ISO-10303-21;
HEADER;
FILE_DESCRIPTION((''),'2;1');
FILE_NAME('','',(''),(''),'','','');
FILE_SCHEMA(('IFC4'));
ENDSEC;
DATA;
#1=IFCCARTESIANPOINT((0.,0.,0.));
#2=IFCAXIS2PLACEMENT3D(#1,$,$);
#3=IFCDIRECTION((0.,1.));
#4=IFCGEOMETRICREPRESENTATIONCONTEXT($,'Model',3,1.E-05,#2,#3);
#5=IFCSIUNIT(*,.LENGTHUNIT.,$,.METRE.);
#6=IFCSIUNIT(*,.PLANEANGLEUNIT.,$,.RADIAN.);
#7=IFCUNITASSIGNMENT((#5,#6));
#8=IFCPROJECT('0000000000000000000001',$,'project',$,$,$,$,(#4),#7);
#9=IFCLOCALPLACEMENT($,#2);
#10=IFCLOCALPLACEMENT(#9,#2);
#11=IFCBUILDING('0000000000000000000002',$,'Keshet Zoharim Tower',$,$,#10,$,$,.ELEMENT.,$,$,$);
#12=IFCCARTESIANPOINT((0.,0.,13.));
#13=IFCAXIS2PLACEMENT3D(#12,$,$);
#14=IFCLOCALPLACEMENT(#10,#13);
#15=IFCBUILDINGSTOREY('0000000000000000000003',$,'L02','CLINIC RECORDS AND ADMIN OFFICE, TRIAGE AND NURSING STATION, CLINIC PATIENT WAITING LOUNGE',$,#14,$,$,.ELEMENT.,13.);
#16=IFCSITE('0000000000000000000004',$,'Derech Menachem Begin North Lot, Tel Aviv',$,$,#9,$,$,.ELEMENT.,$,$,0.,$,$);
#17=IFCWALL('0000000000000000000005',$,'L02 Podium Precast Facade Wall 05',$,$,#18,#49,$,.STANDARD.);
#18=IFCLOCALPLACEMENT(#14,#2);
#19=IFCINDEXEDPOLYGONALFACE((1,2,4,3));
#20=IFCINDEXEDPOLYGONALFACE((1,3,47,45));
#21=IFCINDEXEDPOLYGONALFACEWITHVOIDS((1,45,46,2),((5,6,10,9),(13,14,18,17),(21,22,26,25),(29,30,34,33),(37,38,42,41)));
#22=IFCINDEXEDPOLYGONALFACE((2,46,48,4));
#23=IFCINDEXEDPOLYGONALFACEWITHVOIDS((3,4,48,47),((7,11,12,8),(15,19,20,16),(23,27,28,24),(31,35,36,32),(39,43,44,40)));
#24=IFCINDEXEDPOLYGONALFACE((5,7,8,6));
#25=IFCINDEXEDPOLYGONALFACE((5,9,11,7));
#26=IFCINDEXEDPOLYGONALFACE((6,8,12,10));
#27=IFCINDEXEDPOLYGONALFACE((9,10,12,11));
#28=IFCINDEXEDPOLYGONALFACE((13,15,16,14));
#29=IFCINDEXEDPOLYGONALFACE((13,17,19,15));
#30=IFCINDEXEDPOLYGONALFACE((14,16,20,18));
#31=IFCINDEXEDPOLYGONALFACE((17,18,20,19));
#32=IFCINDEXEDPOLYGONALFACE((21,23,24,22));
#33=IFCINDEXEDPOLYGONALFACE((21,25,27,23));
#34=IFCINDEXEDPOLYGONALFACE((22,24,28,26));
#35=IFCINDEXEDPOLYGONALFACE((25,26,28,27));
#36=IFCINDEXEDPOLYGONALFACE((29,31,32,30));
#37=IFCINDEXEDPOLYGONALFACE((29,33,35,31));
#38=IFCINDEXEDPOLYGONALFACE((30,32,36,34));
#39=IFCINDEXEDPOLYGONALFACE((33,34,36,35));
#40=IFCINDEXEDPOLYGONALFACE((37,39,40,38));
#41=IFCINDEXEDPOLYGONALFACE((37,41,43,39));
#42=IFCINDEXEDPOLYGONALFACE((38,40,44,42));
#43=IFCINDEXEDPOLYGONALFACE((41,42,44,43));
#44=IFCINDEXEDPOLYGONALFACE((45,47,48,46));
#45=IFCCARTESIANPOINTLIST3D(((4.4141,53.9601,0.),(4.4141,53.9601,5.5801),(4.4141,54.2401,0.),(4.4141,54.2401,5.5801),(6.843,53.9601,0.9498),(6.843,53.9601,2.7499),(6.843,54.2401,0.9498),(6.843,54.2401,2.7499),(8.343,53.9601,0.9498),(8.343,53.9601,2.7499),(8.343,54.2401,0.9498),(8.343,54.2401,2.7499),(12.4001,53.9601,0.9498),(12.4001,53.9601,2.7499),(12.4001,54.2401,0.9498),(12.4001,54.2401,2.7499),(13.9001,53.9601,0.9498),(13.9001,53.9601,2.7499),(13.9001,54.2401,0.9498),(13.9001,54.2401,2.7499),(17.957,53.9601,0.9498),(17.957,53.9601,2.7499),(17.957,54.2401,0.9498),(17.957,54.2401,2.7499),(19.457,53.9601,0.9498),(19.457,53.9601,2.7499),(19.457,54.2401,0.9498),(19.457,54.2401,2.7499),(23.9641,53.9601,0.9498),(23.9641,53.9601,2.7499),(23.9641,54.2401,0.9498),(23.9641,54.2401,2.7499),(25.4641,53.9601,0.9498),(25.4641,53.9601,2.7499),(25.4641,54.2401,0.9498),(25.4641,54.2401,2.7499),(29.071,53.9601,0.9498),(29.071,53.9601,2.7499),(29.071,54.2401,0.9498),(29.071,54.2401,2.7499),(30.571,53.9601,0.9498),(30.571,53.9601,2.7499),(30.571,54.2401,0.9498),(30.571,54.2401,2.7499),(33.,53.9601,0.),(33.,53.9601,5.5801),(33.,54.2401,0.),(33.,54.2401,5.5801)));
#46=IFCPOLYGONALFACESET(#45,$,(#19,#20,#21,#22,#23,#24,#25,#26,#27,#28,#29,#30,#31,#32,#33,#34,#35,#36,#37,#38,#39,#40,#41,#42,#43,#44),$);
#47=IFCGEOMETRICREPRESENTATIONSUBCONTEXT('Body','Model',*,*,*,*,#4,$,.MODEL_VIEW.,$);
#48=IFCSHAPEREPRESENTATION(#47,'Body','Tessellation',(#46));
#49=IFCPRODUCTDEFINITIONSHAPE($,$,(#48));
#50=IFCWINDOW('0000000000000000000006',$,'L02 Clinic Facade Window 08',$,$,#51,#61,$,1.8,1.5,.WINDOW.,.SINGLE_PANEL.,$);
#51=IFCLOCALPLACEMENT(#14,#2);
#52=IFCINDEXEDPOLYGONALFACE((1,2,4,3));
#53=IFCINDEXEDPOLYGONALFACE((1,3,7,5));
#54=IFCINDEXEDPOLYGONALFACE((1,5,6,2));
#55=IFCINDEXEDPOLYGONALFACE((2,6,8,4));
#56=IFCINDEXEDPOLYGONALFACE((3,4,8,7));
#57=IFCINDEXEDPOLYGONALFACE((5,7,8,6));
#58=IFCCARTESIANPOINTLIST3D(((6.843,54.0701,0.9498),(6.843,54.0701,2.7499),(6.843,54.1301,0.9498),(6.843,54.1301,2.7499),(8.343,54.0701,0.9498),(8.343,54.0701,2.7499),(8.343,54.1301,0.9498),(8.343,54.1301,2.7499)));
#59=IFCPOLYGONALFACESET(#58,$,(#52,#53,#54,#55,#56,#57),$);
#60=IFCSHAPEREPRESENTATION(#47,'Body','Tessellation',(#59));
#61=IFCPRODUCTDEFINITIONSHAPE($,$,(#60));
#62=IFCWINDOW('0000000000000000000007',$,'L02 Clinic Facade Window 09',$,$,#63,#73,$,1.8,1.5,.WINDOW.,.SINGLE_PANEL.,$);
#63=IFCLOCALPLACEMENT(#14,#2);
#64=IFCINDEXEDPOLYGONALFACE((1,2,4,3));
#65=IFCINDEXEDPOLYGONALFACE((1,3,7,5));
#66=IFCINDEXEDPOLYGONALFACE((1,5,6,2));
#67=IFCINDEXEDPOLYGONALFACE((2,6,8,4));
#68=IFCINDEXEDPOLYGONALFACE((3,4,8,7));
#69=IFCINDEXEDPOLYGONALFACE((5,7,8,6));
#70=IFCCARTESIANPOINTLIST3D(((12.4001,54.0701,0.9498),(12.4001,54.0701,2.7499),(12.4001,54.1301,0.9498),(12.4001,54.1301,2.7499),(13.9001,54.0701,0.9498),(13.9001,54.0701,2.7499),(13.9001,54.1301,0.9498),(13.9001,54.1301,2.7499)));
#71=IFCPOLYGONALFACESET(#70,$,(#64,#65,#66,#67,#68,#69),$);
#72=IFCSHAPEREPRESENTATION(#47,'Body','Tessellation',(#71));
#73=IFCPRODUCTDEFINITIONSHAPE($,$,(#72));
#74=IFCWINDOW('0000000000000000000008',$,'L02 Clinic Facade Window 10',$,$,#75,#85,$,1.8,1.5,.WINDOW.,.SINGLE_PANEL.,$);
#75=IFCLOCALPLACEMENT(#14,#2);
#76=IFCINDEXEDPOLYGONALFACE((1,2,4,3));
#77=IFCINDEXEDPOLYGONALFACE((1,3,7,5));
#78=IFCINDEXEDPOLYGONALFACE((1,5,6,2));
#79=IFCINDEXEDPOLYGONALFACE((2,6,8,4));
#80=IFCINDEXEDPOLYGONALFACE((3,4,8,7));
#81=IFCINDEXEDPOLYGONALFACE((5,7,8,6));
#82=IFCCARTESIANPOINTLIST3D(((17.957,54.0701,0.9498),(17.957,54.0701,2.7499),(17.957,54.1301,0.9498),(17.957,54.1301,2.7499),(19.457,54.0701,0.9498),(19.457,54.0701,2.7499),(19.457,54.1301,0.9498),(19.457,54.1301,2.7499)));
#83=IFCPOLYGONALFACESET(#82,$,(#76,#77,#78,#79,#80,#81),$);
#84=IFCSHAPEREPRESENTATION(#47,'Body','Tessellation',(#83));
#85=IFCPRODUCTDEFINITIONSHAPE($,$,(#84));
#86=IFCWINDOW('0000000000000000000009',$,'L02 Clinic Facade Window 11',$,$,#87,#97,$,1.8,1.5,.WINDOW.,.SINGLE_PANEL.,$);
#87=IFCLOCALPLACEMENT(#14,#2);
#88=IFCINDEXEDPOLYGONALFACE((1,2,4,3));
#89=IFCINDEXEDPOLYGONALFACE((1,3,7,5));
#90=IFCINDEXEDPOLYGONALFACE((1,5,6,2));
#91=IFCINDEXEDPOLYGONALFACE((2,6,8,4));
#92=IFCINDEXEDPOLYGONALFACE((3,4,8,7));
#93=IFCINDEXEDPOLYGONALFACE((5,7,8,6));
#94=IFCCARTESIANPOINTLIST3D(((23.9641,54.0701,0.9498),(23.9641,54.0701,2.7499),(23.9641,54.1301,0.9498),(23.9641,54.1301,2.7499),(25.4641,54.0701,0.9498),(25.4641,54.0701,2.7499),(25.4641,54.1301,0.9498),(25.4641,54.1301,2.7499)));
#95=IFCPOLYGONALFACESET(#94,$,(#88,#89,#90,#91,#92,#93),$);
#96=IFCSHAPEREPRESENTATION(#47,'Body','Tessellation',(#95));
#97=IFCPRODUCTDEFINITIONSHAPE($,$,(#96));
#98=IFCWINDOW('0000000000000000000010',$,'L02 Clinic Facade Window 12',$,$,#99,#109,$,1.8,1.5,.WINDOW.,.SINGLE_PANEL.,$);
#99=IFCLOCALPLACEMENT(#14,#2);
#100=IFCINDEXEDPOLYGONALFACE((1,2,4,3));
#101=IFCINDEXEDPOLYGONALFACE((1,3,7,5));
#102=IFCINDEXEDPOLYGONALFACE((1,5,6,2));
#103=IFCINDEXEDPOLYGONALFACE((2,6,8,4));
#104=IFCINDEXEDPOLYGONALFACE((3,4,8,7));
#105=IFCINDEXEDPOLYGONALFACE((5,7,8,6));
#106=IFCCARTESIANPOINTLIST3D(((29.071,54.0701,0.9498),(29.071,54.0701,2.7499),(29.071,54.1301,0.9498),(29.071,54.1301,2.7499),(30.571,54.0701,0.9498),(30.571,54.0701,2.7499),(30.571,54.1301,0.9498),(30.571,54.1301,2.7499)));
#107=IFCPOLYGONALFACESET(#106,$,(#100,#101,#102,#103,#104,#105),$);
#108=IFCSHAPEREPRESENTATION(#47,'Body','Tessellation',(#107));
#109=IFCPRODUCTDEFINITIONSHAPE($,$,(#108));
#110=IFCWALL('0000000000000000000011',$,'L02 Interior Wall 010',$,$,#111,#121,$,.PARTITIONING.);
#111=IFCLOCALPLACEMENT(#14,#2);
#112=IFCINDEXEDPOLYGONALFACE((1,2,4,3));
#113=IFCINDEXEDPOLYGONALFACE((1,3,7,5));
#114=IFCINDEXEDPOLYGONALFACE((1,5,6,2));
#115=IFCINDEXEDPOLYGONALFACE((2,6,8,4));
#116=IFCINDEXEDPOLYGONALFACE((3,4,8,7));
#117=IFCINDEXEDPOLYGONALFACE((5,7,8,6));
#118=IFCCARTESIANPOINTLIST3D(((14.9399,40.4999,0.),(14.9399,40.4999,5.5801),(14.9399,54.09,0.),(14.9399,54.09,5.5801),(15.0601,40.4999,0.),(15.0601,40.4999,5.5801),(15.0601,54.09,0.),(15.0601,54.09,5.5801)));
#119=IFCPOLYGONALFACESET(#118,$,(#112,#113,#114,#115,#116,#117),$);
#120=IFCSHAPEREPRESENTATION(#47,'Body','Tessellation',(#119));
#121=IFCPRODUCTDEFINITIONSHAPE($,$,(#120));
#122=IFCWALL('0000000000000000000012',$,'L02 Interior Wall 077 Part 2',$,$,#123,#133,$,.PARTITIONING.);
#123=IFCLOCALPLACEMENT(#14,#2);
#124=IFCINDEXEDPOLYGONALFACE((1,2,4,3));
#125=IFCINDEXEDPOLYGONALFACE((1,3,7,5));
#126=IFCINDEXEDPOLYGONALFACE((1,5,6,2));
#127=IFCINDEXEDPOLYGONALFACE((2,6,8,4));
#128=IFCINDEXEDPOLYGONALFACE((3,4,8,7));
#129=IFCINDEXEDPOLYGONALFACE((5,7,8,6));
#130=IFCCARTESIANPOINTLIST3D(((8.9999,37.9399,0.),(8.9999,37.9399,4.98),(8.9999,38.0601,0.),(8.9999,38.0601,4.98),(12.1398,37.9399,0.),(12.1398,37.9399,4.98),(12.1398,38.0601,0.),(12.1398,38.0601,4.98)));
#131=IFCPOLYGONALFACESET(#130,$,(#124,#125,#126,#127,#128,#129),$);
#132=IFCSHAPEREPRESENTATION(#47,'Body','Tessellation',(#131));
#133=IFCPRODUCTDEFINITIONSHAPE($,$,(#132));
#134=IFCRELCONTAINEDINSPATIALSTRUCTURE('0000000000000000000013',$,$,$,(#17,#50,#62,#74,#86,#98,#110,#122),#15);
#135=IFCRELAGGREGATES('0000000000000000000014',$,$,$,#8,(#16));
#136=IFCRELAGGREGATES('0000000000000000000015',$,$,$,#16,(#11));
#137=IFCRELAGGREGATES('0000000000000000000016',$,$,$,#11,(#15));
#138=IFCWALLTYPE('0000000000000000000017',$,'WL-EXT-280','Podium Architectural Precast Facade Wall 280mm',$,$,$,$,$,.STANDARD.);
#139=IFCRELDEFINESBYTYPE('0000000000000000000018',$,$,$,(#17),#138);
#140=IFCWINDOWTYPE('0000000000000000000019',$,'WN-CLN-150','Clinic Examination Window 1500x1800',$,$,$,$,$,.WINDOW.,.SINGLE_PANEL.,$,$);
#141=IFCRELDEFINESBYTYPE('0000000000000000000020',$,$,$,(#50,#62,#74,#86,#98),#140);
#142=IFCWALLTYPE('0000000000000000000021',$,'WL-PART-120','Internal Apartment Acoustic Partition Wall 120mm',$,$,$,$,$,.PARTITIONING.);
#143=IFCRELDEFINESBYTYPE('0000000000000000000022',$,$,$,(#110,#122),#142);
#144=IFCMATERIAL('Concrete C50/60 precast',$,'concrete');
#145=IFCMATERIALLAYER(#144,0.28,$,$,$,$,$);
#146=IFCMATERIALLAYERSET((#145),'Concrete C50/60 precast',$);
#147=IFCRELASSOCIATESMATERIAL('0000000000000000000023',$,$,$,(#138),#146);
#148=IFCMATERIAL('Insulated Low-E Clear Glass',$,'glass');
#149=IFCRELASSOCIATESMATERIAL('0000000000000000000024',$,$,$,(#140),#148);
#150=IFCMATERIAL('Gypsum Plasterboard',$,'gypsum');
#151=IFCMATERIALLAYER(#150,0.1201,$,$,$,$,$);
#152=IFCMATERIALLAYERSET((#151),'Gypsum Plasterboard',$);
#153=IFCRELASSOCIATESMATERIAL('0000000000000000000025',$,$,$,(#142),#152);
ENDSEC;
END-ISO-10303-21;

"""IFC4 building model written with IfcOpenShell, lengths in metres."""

from ifc_helpers import new_model, si_unit, direction, frame, frame_2d, origin, place, context, subcontext, project, spatial, rectangle, extrude, material, layer, layer_set, type_object, element, fill, save


model = new_model("IFC4")

# Units and contexts
model_context = context("Model", 3, precision=1e-05, world=origin(), true_north=direction((0.0, 1.0)))
body_context = subcontext(model_context, "Body", "Model", "MODEL_VIEW")
ifc_project = project(units=[si_unit("LENGTHUNIT", "METRE"), si_unit("PLANEANGLEUNIT", "RADIAN")], contexts=[model_context])

# Site, building, storey
site_placement = place(None, origin())
site = spatial("IfcSite", under=ifc_project, at=site_placement, Name="Derech Menachem Begin North Lot, Tel Aviv", CompositionType="ELEMENT", RefElevation=0.0)
building_placement = place(site_placement, origin())
building = spatial("IfcBuilding", under=site, at=building_placement, Name="Keshet Zoharim Tower", CompositionType="ELEMENT")
storey_placement = place(building_placement, frame((0.0, 0.0, 13.0)))
storey = spatial("IfcBuildingStorey", under=building, at=storey_placement, Name="L02", Description="CLINIC RECORDS AND ADMIN OFFICE, TRIAGE AND NURSING STATION, CLINIC PATIENT WAITING LOUNGE", CompositionType="ELEMENT", Elevation=13.0)

# Shared definitions
ifc_material_1 = material(Name="Gypsum Plasterboard", Category="gypsum")

# Shared definitions
ifc_material_2 = material(Name="Concrete C50/60 precast", Category="concrete")
ifc_layer_1 = layer(ifc_material_2, 0.28)
ifc_layer_set_1 = layer_set([ifc_layer_1], Name="Concrete C50/60 precast")
wall_type_1 = type_object("IfcWallType", Name="WL-EXT-280", Description="Podium Architectural Precast Facade Wall 280mm", PredefinedType="STANDARD", material=ifc_layer_set_1)

# Wall, openings, windows
wall_1_placement = place(storey_placement, frame((4.4141, 54.1001, 0.0), z_axis=(0.0, 0.0, 1.0), x_axis=(1.0, 0.0, 0.0)))
wall_1 = element("IfcWall", 1, at=wall_1_placement, inside=storey, type_object=wall_type_1, Name="L02 Podium Precast Facade Wall 05", PredefinedType="STANDARD", context=body_context, shape_type="SweptSolid", body=[
    extrude(rectangle(XDim=28.5859, YDim=0.28, at=frame_2d((14.293, 0.0))), origin(), (0.0, 0.0, 1.0), 5.5801),
])
opening_1_placement = place(wall_1_placement, frame((2.429, 0.0, 0.95)))
opening_1 = element("IfcOpeningElement", 2, at=opening_1_placement, cuts=wall_1, PredefinedType="OPENING", context=body_context, shape_type="SweptSolid", body=[
    extrude(rectangle(XDim=1.5, YDim=1.8, at=frame_2d((0.75, 0.8999))), frame((0.0, 0.1499, 0.0), z_axis=(0.0, -1.0, 0.0), x_axis=(1.0, 0.0, 0.0)), (0.0, 0.0, 1.0), 0.3),
])
opening_2_placement = place(wall_1_placement, frame((7.9861, 0.0, 0.95)))
opening_2 = element("IfcOpeningElement", 3, at=opening_2_placement, cuts=wall_1, PredefinedType="OPENING", context=body_context, shape_type="SweptSolid", body=[
    extrude(rectangle(XDim=1.5, YDim=1.8, at=frame_2d((0.75, 0.8999))), frame((0.0, 0.1499, 0.0), z_axis=(0.0, -1.0, 0.0), x_axis=(1.0, 0.0, 0.0)), (0.0, 0.0, 1.0), 0.3),
])
opening_3_placement = place(wall_1_placement, frame((13.543, 0.0, 0.95)))
opening_3 = element("IfcOpeningElement", 4, at=opening_3_placement, cuts=wall_1, PredefinedType="OPENING", context=body_context, shape_type="SweptSolid", body=[
    extrude(rectangle(XDim=1.5, YDim=1.8, at=frame_2d((0.75, 0.8999))), frame((0.0, 0.1499, 0.0), z_axis=(0.0, -1.0, 0.0), x_axis=(1.0, 0.0, 0.0)), (0.0, 0.0, 1.0), 0.3),
])
opening_4_placement = place(wall_1_placement, frame((19.55, 0.0, 0.95)))
opening_4 = element("IfcOpeningElement", 5, at=opening_4_placement, cuts=wall_1, PredefinedType="OPENING", context=body_context, shape_type="SweptSolid", body=[
    extrude(rectangle(XDim=1.5, YDim=1.8, at=frame_2d((0.75, 0.8999))), frame((0.0, 0.1499, 0.0), z_axis=(0.0, -1.0, 0.0), x_axis=(1.0, 0.0, 0.0)), (0.0, 0.0, 1.0), 0.3),
])
opening_5_placement = place(wall_1_placement, frame((24.657, 0.0, 0.95)))
opening_5 = element("IfcOpeningElement", 6, at=opening_5_placement, cuts=wall_1, PredefinedType="OPENING", context=body_context, shape_type="SweptSolid", body=[
    extrude(rectangle(XDim=1.5, YDim=1.8, at=frame_2d((0.75, 0.8999))), frame((0.0, 0.1499, 0.0), z_axis=(0.0, -1.0, 0.0), x_axis=(1.0, 0.0, 0.0)), (0.0, 0.0, 1.0), 0.3),
])
ifc_material_3 = material(Name="Insulated Low-E Clear Glass", Category="glass")
window_type = type_object("IfcWindowType", Name="WN-CLN-150", Description="Clinic Examination Window 1500x1800", PartitioningType="SINGLE_PANEL", PredefinedType="WINDOW", material=ifc_material_3)
window_1_placement = place(opening_1_placement, origin())
window_1 = element("IfcWindow", 7, at=window_1_placement, inside=storey, type_object=window_type, Name="L02 Clinic Facade Window 08", OverallHeight=1.8, OverallWidth=1.5, PartitioningType="SINGLE_PANEL", PredefinedType="WINDOW", context=body_context, shape_type="SweptSolid", body=[
    extrude(rectangle(XDim=1.5, YDim=1.8, at=frame_2d((0.75, 0.8999))), frame((0.0, 0.03, 0.0), z_axis=(0.0, -1.0, 0.0), x_axis=(1.0, 0.0, 0.0)), (0.0, 0.0, 1.0), 0.0601),
])
fill(opening_1, window_1)
window_2_placement = place(opening_2_placement, origin())
window_2 = element("IfcWindow", 8, at=window_2_placement, inside=storey, type_object=window_type, Name="L02 Clinic Facade Window 09", OverallHeight=1.8, OverallWidth=1.5, PartitioningType="SINGLE_PANEL", PredefinedType="WINDOW", context=body_context, shape_type="SweptSolid", body=[
    extrude(rectangle(XDim=1.5, YDim=1.8, at=frame_2d((0.75, 0.8999))), frame((0.0, 0.03, 0.0), z_axis=(0.0, -1.0, 0.0), x_axis=(1.0, 0.0, 0.0)), (0.0, 0.0, 1.0), 0.0601),
])
fill(opening_2, window_2)
window_3_placement = place(opening_3_placement, origin())
window_3 = element("IfcWindow", 9, at=window_3_placement, inside=storey, type_object=window_type, Name="L02 Clinic Facade Window 10", OverallHeight=1.8, OverallWidth=1.5, PartitioningType="SINGLE_PANEL", PredefinedType="WINDOW", context=body_context, shape_type="SweptSolid", body=[
    extrude(rectangle(XDim=1.5, YDim=1.8, at=frame_2d((0.75, 0.8999))), frame((0.0, 0.03, 0.0), z_axis=(0.0, -1.0, 0.0), x_axis=(1.0, 0.0, 0.0)), (0.0, 0.0, 1.0), 0.0601),
])
fill(opening_3, window_3)
window_4_placement = place(opening_4_placement, origin())
window_4 = element("IfcWindow", 10, at=window_4_placement, inside=storey, type_object=window_type, Name="L02 Clinic Facade Window 11", OverallHeight=1.8, OverallWidth=1.5, PartitioningType="SINGLE_PANEL", PredefinedType="WINDOW", context=body_context, shape_type="SweptSolid", body=[
    extrude(rectangle(XDim=1.5, YDim=1.8, at=frame_2d((0.75, 0.8999))), frame((0.0, 0.03, 0.0), z_axis=(0.0, -1.0, 0.0), x_axis=(1.0, 0.0, 0.0)), (0.0, 0.0, 1.0), 0.0601),
])
fill(opening_4, window_4)
window_5_placement = place(opening_5_placement, origin())
window_5 = element("IfcWindow", 11, at=window_5_placement, inside=storey, type_object=window_type, Name="L02 Clinic Facade Window 12", OverallHeight=1.8, OverallWidth=1.5, PartitioningType="SINGLE_PANEL", PredefinedType="WINDOW", context=body_context, shape_type="SweptSolid", body=[
    extrude(rectangle(XDim=1.5, YDim=1.8, at=frame_2d((0.75, 0.8999))), frame((0.0, 0.03, 0.0), z_axis=(0.0, -1.0, 0.0), x_axis=(1.0, 0.0, 0.0)), (0.0, 0.0, 1.0), 0.0601),
])
fill(opening_5, window_5)

# Walls
ifc_layer_2 = layer(ifc_material_1, 0.1201)
ifc_layer_set_2 = layer_set([ifc_layer_2], Name="Gypsum Plasterboard")
wall_type_2 = type_object("IfcWallType", Name="WL-PART-120", Description="Internal Apartment Acoustic Partition Wall 120mm", PredefinedType="PARTITIONING", material=ifc_layer_set_2)
wall_2_placement = place(storey_placement, frame((15.0, 40.5, 0.0), z_axis=(0.0, 0.0, 1.0), x_axis=(0.0, 1.0, 0.0)))
element("IfcWall", 12, at=wall_2_placement, inside=storey, type_object=wall_type_2, Name="L02 Interior Wall 010", PredefinedType="PARTITIONING", context=body_context, shape_type="SweptSolid", body=[
    extrude(rectangle(XDim=13.5901, YDim=0.1201, at=frame_2d((6.7949, 0.0))), origin(), (0.0, 0.0, 1.0), 5.5801),
])
wall_3_placement = place(storey_placement, frame((9.0, 38.0, 0.0), z_axis=(0.0, 0.0, 1.0), x_axis=(1.0, 0.0, 0.0)))
element("IfcWall", 13, at=wall_3_placement, inside=storey, type_object=wall_type_2, Name="L02 Interior Wall 077 Part 2", PredefinedType="PARTITIONING", context=body_context, shape_type="SweptSolid", body=[
    extrude(rectangle(XDim=3.1399, YDim=0.1201, at=frame_2d((1.5698, 0.0))), origin(), (0.0, 0.0, 1.0), 4.98),
])

save(model, "model.ifc")
